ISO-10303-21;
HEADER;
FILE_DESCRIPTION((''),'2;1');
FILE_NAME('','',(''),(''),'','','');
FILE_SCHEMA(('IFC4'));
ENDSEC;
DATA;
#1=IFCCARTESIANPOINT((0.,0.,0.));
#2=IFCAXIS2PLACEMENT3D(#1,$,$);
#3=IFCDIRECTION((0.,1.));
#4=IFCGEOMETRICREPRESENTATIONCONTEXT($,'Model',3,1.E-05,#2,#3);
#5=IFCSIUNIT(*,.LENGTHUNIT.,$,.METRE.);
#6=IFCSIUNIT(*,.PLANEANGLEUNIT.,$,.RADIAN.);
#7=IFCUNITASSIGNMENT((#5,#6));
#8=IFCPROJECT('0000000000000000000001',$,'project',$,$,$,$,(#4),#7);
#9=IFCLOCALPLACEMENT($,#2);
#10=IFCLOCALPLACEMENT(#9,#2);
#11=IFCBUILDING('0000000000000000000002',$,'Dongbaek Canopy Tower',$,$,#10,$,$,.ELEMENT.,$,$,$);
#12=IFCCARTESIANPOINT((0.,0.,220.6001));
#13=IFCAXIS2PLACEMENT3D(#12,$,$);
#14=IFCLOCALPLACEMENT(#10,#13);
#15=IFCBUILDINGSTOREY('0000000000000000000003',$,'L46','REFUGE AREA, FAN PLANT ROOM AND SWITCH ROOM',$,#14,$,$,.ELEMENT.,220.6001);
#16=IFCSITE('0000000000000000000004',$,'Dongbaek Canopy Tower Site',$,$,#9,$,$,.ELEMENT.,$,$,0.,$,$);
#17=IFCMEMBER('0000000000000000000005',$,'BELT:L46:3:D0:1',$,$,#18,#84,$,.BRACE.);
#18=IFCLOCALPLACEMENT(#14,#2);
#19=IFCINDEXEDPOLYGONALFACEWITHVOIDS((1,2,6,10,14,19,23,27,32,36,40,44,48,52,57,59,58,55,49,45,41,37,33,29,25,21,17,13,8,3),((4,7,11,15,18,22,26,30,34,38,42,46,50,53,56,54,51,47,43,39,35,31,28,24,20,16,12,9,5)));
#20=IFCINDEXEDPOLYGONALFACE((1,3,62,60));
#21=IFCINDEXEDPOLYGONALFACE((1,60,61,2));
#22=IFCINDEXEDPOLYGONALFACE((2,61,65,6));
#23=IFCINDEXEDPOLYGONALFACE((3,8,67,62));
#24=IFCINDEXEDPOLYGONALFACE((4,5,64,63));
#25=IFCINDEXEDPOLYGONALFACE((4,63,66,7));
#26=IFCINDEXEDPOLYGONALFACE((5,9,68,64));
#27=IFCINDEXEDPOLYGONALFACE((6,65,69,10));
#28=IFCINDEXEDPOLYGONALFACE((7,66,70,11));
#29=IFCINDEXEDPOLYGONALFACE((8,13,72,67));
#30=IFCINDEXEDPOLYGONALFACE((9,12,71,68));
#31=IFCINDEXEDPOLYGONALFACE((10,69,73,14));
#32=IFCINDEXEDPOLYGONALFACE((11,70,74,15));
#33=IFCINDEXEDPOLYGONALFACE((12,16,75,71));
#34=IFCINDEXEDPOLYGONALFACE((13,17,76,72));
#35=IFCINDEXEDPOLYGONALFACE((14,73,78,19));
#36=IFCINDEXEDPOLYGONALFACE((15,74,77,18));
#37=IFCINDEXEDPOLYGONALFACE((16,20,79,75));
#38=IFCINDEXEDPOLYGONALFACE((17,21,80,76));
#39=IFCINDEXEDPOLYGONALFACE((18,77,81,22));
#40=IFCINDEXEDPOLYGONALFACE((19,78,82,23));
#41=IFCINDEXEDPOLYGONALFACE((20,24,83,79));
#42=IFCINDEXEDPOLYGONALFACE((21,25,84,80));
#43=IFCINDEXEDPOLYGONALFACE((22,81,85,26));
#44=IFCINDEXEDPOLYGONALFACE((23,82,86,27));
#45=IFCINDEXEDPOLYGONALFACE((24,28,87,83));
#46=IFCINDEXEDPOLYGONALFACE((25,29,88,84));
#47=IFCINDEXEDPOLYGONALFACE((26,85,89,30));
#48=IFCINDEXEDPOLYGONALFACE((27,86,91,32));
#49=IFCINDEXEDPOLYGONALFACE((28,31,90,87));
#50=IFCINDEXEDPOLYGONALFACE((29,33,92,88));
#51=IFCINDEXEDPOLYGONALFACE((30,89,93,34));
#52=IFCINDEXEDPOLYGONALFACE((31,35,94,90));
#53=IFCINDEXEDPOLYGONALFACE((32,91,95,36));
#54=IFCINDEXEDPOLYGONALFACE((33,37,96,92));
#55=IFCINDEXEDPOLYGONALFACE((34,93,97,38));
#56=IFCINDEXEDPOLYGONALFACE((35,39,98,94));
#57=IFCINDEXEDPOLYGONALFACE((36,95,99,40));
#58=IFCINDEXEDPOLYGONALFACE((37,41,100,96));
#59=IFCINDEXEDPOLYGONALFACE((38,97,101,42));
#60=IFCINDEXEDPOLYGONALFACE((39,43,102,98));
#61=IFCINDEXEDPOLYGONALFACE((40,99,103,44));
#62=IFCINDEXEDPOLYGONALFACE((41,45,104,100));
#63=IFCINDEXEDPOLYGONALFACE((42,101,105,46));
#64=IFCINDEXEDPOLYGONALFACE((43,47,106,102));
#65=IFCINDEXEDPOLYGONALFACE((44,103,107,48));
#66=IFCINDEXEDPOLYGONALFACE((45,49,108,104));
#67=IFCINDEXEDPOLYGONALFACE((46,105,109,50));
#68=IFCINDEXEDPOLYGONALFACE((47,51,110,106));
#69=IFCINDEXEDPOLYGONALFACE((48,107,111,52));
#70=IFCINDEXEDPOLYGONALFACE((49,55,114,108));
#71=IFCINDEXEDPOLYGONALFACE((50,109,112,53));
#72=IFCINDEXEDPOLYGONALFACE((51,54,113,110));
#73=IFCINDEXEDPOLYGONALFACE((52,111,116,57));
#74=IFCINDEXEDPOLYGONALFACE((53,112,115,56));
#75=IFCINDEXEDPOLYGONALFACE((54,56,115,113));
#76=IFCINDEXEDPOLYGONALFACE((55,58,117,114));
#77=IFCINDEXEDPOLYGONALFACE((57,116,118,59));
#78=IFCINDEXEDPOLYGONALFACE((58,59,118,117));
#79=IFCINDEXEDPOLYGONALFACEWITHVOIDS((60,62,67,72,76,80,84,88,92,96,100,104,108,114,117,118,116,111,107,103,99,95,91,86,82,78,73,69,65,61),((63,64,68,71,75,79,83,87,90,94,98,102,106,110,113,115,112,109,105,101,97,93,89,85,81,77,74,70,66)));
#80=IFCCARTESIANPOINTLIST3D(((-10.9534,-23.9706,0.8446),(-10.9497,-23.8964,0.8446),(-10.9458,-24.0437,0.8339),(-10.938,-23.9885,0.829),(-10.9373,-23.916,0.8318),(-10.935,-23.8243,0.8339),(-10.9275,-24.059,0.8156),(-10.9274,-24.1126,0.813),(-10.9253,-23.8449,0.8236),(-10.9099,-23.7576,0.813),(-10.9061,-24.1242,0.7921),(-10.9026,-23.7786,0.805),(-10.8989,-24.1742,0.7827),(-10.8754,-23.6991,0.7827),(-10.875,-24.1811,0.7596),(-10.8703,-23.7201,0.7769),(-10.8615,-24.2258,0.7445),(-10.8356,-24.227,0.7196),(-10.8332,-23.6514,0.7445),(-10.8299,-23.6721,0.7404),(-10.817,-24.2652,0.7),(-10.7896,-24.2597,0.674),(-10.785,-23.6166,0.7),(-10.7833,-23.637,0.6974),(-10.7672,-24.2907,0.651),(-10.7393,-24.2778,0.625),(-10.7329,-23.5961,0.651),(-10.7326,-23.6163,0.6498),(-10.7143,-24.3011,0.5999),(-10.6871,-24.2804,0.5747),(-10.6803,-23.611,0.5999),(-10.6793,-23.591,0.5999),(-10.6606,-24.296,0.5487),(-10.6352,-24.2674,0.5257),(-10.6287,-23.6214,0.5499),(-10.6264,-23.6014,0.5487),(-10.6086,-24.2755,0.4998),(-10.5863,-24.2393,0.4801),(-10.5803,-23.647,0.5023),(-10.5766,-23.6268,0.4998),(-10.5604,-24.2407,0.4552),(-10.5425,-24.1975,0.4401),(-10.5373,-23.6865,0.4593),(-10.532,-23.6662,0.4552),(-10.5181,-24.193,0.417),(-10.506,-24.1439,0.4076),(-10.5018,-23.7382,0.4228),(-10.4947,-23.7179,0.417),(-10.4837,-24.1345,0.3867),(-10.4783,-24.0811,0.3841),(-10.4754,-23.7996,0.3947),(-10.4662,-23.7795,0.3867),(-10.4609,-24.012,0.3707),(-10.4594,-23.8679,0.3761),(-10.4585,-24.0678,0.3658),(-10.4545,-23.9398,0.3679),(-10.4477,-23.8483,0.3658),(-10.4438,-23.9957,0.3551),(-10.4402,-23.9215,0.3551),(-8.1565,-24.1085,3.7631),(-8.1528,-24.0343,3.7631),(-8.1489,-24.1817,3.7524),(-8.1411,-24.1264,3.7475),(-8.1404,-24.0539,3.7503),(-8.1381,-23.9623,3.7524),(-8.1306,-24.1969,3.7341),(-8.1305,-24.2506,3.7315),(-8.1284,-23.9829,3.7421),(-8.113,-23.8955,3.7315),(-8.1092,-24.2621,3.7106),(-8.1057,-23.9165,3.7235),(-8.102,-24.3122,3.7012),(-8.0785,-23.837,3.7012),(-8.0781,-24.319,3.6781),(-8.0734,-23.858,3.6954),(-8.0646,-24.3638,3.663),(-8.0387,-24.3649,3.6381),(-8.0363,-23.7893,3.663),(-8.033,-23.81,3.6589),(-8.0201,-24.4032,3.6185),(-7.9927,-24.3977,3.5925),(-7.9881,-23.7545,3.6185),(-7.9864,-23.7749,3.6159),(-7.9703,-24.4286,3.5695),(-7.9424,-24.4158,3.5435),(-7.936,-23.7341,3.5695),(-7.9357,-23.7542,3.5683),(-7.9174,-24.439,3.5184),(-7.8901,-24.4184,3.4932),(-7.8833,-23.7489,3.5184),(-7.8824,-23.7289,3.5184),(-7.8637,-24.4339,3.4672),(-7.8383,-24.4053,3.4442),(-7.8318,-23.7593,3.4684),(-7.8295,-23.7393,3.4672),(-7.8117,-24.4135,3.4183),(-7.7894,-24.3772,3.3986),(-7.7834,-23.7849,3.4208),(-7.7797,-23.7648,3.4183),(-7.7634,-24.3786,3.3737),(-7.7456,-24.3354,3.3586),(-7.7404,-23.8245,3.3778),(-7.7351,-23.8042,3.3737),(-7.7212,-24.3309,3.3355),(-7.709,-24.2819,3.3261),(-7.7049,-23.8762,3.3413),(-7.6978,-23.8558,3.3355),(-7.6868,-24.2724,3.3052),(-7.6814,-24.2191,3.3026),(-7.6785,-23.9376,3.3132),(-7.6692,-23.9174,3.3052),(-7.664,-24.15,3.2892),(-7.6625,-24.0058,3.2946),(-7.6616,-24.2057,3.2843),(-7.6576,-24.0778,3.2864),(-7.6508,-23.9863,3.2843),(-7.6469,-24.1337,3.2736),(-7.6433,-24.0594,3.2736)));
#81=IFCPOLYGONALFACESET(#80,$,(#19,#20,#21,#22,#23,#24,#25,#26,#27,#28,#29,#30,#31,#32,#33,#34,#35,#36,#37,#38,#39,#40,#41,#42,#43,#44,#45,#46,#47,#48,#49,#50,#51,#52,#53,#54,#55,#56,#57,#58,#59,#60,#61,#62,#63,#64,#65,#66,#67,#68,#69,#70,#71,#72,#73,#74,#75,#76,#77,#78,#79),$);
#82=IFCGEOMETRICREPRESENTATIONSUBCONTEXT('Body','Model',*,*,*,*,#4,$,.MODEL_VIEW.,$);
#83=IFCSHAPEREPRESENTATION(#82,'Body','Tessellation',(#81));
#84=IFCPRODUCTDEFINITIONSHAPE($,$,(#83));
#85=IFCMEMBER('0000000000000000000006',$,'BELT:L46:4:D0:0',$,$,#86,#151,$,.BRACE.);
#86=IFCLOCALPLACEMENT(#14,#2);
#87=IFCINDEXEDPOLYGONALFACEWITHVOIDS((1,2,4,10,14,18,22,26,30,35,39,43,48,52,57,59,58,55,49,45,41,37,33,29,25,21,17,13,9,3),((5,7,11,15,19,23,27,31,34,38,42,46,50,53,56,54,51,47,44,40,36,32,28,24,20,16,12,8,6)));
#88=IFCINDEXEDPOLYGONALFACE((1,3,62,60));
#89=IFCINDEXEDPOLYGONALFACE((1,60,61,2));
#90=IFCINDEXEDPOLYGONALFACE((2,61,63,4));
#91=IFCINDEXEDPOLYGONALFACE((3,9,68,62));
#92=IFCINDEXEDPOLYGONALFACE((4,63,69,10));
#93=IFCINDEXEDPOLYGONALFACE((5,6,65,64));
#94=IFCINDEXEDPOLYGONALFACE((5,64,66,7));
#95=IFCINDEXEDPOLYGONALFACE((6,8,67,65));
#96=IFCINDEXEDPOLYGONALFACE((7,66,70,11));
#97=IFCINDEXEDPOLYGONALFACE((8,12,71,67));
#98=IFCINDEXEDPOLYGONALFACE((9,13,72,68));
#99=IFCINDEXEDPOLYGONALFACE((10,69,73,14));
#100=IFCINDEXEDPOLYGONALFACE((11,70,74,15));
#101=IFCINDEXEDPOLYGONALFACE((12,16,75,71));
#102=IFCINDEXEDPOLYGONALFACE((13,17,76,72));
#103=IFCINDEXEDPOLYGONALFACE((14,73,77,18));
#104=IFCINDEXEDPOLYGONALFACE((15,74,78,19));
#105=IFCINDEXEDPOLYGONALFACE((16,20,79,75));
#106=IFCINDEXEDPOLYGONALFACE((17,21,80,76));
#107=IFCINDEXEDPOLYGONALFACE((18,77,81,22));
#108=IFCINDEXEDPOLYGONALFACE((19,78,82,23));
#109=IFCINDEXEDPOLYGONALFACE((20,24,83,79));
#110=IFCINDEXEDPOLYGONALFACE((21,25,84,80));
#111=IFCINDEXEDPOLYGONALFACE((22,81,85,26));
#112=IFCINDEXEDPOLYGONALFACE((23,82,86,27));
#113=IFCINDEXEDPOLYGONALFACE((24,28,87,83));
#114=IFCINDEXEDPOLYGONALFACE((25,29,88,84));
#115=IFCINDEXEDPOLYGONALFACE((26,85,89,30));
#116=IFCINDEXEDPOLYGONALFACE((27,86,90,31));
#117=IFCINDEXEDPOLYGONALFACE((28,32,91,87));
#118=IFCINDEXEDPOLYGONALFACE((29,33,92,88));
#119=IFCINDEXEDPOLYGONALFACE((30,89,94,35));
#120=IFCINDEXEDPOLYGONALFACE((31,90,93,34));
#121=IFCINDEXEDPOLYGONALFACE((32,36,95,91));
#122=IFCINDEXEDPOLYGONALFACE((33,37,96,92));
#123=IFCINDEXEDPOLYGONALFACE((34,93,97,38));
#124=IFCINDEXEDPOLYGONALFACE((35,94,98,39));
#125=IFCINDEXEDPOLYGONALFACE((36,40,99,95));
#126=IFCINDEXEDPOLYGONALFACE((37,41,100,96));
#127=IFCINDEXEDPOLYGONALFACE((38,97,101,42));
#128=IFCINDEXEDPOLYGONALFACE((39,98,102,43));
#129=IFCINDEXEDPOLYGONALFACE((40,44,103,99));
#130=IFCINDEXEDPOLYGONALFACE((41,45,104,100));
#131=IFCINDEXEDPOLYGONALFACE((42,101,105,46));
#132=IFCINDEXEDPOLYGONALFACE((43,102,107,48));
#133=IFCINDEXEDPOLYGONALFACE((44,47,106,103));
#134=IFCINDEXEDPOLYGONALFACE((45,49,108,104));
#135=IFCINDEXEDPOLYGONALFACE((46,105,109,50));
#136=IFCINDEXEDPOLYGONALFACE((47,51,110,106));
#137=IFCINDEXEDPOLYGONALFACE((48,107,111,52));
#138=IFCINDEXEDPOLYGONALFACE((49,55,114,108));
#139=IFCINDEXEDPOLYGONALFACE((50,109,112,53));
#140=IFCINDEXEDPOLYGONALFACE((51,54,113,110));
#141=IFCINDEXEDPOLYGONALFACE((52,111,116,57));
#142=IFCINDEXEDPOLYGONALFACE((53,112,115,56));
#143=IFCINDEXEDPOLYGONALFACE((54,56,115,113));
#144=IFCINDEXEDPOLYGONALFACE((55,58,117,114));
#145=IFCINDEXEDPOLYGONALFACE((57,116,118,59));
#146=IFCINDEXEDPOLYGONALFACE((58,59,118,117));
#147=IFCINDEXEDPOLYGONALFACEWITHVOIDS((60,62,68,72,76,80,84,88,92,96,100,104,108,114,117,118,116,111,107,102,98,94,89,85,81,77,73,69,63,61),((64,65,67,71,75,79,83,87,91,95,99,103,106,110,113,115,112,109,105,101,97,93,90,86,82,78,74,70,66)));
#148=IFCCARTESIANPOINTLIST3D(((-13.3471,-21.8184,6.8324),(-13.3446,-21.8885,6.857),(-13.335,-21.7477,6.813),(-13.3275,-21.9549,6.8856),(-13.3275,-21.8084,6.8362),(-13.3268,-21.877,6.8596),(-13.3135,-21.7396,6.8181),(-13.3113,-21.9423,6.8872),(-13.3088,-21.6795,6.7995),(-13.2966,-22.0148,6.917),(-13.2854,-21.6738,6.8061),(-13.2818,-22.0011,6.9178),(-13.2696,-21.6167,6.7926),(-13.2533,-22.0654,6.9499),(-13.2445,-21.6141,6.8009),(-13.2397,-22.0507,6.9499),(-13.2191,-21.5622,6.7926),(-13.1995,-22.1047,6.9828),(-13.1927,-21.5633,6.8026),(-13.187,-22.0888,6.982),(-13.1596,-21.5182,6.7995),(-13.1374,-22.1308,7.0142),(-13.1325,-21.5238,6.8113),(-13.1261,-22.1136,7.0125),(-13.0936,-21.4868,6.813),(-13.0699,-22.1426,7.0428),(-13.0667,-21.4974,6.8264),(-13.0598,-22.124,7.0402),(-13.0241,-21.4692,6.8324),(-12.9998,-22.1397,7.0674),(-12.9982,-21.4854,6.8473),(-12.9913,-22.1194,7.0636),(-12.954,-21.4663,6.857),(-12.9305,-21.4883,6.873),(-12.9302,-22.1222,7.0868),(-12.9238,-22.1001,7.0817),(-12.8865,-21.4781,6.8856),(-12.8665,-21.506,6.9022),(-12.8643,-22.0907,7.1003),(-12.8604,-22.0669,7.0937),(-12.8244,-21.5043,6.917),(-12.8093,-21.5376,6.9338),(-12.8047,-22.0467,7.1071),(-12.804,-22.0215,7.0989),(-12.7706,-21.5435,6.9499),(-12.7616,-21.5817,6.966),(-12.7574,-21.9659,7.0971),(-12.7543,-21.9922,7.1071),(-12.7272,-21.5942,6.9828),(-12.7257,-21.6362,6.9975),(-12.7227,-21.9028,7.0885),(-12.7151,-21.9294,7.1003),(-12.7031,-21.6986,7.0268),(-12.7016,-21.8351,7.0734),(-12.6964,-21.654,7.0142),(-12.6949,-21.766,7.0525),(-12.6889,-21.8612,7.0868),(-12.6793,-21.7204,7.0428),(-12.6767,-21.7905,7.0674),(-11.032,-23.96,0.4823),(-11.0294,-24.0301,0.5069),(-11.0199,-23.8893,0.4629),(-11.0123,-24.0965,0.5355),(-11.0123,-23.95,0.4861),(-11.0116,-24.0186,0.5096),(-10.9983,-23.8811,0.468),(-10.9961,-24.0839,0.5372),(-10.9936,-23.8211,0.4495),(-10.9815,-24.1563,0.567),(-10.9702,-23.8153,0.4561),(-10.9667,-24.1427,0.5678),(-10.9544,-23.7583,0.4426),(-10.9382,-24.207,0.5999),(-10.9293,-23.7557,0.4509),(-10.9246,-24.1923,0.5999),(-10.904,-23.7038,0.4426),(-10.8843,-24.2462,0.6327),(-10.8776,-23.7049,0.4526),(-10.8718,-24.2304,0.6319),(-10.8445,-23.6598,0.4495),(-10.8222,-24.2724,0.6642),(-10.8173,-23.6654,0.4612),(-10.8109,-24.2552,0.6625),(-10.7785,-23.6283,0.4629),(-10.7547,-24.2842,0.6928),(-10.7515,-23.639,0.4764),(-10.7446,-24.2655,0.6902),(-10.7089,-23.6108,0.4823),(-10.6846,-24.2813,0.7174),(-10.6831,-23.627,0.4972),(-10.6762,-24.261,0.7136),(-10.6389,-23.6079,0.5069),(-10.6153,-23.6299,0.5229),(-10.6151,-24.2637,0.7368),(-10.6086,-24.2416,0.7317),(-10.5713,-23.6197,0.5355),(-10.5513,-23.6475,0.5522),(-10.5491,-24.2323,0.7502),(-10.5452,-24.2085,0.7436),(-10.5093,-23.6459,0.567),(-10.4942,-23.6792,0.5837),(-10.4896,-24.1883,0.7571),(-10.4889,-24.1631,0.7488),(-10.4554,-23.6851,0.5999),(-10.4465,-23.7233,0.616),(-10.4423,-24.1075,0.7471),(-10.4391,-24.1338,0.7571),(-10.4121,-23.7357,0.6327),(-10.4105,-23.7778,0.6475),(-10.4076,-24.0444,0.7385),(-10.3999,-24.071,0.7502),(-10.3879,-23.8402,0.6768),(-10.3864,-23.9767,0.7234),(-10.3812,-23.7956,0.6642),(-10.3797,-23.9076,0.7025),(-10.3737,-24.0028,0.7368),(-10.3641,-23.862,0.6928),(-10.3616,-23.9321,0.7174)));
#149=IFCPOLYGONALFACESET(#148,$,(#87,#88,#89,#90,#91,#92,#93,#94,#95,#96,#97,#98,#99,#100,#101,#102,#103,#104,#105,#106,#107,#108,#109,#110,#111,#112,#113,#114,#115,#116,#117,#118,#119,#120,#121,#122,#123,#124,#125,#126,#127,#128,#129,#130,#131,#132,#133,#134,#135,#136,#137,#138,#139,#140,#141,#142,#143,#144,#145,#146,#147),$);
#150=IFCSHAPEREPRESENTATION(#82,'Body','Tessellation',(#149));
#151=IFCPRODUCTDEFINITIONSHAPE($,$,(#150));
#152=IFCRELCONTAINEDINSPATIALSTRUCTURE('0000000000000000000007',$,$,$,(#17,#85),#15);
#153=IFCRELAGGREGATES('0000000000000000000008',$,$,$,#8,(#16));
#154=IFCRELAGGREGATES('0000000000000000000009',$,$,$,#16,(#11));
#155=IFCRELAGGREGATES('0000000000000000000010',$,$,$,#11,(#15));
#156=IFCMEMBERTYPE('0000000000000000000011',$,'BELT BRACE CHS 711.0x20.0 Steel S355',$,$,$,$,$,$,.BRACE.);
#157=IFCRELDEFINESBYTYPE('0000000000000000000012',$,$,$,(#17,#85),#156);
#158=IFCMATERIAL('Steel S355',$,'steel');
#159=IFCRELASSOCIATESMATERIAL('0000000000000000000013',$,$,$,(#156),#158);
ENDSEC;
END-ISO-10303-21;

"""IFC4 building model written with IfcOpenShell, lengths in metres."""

from ifc_helpers import new_model, si_unit, direction, frame, origin, origin_2d, place, context, subcontext, project, spatial, hollow_circle, extrude, material, material_profile, profile_set, type_object, element, save


model = new_model("IFC4")

# Units and contexts
model_context = context("Model", 3, precision=1e-05, world=origin(), true_north=direction((0.0, 1.0)))
body_context = subcontext(model_context, "Body", "Model", "MODEL_VIEW")
ifc_project = project(units=[si_unit("LENGTHUNIT", "METRE"), si_unit("PLANEANGLEUNIT", "RADIAN")], contexts=[model_context])

# Site, building, storey
site_placement = place(None, origin())
site = spatial("IfcSite", under=ifc_project, at=site_placement, Name="Dongbaek Canopy Tower Site", CompositionType="ELEMENT", RefElevation=0.0)
building_placement = place(site_placement, origin())
building = spatial("IfcBuilding", under=site, at=building_placement, Name="Dongbaek Canopy Tower", CompositionType="ELEMENT")
storey_placement = place(building_placement, frame((0.0, 0.0, 220.6001)))
storey = spatial("IfcBuildingStorey", under=building, at=storey_placement, Name="L46", Description="REFUGE AREA, FAN PLANT ROOM AND SWITCH ROOM", CompositionType="ELEMENT", Elevation=220.6001)

# Members
ifc_material_1 = material(Name="Steel S355", Category="steel")
ifc_material_profile_1 = material_profile(ifc_material_1, hollow_circle(Radius=0.3555, WallThickness=0.02, at=origin_2d()), Name="BELT BRACE CHS 711.0x20.0 Steel S355")
ifc_profile_set_1 = profile_set([ifc_material_profile_1], Name="Steel S355")
member_type_1 = type_object("IfcMemberType", Name="BELT BRACE CHS 711.0x20.0 Steel S355", PredefinedType="BRACE", material=ifc_profile_set_1)
member_1_placement = place(storey_placement, frame((-10.6968, -23.946, 0.5999), z_axis=(0.691505, -0.034104, 0.721566), x_axis=(0.049259, 0.998786, 0.0)))
element("IfcMember", 1, at=member_1_placement, inside=storey, type_object=member_type_1, Name="BELT:L46:3:D0:1", PredefinedType="BRACE", context=body_context, shape_type="SweptSolid", body=[
    extrude(hollow_circle(Radius=0.3555, WallThickness=0.02, at=origin_2d()), origin(), (0.0, 0.0, 1.0), 4.0447),
])
member_2_placement = place(storey_placement, frame((-10.6968, -23.946, 0.5999), z_axis=(-0.326535, 0.302053, 0.895622), x_axis=(-0.679051, -0.734091, 0.0)))
element("IfcMember", 2, at=member_2_placement, inside=storey, type_object=member_type_1, Name="BELT:L46:4:D0:0", PredefinedType="BRACE", context=body_context, shape_type="SweptSolid", body=[
    extrude(hollow_circle(Radius=0.3555, WallThickness=0.02, at=origin_2d()), origin(), (0.0, 0.0, 1.0), 7.0901),
])

save(model, "model.ifc")
